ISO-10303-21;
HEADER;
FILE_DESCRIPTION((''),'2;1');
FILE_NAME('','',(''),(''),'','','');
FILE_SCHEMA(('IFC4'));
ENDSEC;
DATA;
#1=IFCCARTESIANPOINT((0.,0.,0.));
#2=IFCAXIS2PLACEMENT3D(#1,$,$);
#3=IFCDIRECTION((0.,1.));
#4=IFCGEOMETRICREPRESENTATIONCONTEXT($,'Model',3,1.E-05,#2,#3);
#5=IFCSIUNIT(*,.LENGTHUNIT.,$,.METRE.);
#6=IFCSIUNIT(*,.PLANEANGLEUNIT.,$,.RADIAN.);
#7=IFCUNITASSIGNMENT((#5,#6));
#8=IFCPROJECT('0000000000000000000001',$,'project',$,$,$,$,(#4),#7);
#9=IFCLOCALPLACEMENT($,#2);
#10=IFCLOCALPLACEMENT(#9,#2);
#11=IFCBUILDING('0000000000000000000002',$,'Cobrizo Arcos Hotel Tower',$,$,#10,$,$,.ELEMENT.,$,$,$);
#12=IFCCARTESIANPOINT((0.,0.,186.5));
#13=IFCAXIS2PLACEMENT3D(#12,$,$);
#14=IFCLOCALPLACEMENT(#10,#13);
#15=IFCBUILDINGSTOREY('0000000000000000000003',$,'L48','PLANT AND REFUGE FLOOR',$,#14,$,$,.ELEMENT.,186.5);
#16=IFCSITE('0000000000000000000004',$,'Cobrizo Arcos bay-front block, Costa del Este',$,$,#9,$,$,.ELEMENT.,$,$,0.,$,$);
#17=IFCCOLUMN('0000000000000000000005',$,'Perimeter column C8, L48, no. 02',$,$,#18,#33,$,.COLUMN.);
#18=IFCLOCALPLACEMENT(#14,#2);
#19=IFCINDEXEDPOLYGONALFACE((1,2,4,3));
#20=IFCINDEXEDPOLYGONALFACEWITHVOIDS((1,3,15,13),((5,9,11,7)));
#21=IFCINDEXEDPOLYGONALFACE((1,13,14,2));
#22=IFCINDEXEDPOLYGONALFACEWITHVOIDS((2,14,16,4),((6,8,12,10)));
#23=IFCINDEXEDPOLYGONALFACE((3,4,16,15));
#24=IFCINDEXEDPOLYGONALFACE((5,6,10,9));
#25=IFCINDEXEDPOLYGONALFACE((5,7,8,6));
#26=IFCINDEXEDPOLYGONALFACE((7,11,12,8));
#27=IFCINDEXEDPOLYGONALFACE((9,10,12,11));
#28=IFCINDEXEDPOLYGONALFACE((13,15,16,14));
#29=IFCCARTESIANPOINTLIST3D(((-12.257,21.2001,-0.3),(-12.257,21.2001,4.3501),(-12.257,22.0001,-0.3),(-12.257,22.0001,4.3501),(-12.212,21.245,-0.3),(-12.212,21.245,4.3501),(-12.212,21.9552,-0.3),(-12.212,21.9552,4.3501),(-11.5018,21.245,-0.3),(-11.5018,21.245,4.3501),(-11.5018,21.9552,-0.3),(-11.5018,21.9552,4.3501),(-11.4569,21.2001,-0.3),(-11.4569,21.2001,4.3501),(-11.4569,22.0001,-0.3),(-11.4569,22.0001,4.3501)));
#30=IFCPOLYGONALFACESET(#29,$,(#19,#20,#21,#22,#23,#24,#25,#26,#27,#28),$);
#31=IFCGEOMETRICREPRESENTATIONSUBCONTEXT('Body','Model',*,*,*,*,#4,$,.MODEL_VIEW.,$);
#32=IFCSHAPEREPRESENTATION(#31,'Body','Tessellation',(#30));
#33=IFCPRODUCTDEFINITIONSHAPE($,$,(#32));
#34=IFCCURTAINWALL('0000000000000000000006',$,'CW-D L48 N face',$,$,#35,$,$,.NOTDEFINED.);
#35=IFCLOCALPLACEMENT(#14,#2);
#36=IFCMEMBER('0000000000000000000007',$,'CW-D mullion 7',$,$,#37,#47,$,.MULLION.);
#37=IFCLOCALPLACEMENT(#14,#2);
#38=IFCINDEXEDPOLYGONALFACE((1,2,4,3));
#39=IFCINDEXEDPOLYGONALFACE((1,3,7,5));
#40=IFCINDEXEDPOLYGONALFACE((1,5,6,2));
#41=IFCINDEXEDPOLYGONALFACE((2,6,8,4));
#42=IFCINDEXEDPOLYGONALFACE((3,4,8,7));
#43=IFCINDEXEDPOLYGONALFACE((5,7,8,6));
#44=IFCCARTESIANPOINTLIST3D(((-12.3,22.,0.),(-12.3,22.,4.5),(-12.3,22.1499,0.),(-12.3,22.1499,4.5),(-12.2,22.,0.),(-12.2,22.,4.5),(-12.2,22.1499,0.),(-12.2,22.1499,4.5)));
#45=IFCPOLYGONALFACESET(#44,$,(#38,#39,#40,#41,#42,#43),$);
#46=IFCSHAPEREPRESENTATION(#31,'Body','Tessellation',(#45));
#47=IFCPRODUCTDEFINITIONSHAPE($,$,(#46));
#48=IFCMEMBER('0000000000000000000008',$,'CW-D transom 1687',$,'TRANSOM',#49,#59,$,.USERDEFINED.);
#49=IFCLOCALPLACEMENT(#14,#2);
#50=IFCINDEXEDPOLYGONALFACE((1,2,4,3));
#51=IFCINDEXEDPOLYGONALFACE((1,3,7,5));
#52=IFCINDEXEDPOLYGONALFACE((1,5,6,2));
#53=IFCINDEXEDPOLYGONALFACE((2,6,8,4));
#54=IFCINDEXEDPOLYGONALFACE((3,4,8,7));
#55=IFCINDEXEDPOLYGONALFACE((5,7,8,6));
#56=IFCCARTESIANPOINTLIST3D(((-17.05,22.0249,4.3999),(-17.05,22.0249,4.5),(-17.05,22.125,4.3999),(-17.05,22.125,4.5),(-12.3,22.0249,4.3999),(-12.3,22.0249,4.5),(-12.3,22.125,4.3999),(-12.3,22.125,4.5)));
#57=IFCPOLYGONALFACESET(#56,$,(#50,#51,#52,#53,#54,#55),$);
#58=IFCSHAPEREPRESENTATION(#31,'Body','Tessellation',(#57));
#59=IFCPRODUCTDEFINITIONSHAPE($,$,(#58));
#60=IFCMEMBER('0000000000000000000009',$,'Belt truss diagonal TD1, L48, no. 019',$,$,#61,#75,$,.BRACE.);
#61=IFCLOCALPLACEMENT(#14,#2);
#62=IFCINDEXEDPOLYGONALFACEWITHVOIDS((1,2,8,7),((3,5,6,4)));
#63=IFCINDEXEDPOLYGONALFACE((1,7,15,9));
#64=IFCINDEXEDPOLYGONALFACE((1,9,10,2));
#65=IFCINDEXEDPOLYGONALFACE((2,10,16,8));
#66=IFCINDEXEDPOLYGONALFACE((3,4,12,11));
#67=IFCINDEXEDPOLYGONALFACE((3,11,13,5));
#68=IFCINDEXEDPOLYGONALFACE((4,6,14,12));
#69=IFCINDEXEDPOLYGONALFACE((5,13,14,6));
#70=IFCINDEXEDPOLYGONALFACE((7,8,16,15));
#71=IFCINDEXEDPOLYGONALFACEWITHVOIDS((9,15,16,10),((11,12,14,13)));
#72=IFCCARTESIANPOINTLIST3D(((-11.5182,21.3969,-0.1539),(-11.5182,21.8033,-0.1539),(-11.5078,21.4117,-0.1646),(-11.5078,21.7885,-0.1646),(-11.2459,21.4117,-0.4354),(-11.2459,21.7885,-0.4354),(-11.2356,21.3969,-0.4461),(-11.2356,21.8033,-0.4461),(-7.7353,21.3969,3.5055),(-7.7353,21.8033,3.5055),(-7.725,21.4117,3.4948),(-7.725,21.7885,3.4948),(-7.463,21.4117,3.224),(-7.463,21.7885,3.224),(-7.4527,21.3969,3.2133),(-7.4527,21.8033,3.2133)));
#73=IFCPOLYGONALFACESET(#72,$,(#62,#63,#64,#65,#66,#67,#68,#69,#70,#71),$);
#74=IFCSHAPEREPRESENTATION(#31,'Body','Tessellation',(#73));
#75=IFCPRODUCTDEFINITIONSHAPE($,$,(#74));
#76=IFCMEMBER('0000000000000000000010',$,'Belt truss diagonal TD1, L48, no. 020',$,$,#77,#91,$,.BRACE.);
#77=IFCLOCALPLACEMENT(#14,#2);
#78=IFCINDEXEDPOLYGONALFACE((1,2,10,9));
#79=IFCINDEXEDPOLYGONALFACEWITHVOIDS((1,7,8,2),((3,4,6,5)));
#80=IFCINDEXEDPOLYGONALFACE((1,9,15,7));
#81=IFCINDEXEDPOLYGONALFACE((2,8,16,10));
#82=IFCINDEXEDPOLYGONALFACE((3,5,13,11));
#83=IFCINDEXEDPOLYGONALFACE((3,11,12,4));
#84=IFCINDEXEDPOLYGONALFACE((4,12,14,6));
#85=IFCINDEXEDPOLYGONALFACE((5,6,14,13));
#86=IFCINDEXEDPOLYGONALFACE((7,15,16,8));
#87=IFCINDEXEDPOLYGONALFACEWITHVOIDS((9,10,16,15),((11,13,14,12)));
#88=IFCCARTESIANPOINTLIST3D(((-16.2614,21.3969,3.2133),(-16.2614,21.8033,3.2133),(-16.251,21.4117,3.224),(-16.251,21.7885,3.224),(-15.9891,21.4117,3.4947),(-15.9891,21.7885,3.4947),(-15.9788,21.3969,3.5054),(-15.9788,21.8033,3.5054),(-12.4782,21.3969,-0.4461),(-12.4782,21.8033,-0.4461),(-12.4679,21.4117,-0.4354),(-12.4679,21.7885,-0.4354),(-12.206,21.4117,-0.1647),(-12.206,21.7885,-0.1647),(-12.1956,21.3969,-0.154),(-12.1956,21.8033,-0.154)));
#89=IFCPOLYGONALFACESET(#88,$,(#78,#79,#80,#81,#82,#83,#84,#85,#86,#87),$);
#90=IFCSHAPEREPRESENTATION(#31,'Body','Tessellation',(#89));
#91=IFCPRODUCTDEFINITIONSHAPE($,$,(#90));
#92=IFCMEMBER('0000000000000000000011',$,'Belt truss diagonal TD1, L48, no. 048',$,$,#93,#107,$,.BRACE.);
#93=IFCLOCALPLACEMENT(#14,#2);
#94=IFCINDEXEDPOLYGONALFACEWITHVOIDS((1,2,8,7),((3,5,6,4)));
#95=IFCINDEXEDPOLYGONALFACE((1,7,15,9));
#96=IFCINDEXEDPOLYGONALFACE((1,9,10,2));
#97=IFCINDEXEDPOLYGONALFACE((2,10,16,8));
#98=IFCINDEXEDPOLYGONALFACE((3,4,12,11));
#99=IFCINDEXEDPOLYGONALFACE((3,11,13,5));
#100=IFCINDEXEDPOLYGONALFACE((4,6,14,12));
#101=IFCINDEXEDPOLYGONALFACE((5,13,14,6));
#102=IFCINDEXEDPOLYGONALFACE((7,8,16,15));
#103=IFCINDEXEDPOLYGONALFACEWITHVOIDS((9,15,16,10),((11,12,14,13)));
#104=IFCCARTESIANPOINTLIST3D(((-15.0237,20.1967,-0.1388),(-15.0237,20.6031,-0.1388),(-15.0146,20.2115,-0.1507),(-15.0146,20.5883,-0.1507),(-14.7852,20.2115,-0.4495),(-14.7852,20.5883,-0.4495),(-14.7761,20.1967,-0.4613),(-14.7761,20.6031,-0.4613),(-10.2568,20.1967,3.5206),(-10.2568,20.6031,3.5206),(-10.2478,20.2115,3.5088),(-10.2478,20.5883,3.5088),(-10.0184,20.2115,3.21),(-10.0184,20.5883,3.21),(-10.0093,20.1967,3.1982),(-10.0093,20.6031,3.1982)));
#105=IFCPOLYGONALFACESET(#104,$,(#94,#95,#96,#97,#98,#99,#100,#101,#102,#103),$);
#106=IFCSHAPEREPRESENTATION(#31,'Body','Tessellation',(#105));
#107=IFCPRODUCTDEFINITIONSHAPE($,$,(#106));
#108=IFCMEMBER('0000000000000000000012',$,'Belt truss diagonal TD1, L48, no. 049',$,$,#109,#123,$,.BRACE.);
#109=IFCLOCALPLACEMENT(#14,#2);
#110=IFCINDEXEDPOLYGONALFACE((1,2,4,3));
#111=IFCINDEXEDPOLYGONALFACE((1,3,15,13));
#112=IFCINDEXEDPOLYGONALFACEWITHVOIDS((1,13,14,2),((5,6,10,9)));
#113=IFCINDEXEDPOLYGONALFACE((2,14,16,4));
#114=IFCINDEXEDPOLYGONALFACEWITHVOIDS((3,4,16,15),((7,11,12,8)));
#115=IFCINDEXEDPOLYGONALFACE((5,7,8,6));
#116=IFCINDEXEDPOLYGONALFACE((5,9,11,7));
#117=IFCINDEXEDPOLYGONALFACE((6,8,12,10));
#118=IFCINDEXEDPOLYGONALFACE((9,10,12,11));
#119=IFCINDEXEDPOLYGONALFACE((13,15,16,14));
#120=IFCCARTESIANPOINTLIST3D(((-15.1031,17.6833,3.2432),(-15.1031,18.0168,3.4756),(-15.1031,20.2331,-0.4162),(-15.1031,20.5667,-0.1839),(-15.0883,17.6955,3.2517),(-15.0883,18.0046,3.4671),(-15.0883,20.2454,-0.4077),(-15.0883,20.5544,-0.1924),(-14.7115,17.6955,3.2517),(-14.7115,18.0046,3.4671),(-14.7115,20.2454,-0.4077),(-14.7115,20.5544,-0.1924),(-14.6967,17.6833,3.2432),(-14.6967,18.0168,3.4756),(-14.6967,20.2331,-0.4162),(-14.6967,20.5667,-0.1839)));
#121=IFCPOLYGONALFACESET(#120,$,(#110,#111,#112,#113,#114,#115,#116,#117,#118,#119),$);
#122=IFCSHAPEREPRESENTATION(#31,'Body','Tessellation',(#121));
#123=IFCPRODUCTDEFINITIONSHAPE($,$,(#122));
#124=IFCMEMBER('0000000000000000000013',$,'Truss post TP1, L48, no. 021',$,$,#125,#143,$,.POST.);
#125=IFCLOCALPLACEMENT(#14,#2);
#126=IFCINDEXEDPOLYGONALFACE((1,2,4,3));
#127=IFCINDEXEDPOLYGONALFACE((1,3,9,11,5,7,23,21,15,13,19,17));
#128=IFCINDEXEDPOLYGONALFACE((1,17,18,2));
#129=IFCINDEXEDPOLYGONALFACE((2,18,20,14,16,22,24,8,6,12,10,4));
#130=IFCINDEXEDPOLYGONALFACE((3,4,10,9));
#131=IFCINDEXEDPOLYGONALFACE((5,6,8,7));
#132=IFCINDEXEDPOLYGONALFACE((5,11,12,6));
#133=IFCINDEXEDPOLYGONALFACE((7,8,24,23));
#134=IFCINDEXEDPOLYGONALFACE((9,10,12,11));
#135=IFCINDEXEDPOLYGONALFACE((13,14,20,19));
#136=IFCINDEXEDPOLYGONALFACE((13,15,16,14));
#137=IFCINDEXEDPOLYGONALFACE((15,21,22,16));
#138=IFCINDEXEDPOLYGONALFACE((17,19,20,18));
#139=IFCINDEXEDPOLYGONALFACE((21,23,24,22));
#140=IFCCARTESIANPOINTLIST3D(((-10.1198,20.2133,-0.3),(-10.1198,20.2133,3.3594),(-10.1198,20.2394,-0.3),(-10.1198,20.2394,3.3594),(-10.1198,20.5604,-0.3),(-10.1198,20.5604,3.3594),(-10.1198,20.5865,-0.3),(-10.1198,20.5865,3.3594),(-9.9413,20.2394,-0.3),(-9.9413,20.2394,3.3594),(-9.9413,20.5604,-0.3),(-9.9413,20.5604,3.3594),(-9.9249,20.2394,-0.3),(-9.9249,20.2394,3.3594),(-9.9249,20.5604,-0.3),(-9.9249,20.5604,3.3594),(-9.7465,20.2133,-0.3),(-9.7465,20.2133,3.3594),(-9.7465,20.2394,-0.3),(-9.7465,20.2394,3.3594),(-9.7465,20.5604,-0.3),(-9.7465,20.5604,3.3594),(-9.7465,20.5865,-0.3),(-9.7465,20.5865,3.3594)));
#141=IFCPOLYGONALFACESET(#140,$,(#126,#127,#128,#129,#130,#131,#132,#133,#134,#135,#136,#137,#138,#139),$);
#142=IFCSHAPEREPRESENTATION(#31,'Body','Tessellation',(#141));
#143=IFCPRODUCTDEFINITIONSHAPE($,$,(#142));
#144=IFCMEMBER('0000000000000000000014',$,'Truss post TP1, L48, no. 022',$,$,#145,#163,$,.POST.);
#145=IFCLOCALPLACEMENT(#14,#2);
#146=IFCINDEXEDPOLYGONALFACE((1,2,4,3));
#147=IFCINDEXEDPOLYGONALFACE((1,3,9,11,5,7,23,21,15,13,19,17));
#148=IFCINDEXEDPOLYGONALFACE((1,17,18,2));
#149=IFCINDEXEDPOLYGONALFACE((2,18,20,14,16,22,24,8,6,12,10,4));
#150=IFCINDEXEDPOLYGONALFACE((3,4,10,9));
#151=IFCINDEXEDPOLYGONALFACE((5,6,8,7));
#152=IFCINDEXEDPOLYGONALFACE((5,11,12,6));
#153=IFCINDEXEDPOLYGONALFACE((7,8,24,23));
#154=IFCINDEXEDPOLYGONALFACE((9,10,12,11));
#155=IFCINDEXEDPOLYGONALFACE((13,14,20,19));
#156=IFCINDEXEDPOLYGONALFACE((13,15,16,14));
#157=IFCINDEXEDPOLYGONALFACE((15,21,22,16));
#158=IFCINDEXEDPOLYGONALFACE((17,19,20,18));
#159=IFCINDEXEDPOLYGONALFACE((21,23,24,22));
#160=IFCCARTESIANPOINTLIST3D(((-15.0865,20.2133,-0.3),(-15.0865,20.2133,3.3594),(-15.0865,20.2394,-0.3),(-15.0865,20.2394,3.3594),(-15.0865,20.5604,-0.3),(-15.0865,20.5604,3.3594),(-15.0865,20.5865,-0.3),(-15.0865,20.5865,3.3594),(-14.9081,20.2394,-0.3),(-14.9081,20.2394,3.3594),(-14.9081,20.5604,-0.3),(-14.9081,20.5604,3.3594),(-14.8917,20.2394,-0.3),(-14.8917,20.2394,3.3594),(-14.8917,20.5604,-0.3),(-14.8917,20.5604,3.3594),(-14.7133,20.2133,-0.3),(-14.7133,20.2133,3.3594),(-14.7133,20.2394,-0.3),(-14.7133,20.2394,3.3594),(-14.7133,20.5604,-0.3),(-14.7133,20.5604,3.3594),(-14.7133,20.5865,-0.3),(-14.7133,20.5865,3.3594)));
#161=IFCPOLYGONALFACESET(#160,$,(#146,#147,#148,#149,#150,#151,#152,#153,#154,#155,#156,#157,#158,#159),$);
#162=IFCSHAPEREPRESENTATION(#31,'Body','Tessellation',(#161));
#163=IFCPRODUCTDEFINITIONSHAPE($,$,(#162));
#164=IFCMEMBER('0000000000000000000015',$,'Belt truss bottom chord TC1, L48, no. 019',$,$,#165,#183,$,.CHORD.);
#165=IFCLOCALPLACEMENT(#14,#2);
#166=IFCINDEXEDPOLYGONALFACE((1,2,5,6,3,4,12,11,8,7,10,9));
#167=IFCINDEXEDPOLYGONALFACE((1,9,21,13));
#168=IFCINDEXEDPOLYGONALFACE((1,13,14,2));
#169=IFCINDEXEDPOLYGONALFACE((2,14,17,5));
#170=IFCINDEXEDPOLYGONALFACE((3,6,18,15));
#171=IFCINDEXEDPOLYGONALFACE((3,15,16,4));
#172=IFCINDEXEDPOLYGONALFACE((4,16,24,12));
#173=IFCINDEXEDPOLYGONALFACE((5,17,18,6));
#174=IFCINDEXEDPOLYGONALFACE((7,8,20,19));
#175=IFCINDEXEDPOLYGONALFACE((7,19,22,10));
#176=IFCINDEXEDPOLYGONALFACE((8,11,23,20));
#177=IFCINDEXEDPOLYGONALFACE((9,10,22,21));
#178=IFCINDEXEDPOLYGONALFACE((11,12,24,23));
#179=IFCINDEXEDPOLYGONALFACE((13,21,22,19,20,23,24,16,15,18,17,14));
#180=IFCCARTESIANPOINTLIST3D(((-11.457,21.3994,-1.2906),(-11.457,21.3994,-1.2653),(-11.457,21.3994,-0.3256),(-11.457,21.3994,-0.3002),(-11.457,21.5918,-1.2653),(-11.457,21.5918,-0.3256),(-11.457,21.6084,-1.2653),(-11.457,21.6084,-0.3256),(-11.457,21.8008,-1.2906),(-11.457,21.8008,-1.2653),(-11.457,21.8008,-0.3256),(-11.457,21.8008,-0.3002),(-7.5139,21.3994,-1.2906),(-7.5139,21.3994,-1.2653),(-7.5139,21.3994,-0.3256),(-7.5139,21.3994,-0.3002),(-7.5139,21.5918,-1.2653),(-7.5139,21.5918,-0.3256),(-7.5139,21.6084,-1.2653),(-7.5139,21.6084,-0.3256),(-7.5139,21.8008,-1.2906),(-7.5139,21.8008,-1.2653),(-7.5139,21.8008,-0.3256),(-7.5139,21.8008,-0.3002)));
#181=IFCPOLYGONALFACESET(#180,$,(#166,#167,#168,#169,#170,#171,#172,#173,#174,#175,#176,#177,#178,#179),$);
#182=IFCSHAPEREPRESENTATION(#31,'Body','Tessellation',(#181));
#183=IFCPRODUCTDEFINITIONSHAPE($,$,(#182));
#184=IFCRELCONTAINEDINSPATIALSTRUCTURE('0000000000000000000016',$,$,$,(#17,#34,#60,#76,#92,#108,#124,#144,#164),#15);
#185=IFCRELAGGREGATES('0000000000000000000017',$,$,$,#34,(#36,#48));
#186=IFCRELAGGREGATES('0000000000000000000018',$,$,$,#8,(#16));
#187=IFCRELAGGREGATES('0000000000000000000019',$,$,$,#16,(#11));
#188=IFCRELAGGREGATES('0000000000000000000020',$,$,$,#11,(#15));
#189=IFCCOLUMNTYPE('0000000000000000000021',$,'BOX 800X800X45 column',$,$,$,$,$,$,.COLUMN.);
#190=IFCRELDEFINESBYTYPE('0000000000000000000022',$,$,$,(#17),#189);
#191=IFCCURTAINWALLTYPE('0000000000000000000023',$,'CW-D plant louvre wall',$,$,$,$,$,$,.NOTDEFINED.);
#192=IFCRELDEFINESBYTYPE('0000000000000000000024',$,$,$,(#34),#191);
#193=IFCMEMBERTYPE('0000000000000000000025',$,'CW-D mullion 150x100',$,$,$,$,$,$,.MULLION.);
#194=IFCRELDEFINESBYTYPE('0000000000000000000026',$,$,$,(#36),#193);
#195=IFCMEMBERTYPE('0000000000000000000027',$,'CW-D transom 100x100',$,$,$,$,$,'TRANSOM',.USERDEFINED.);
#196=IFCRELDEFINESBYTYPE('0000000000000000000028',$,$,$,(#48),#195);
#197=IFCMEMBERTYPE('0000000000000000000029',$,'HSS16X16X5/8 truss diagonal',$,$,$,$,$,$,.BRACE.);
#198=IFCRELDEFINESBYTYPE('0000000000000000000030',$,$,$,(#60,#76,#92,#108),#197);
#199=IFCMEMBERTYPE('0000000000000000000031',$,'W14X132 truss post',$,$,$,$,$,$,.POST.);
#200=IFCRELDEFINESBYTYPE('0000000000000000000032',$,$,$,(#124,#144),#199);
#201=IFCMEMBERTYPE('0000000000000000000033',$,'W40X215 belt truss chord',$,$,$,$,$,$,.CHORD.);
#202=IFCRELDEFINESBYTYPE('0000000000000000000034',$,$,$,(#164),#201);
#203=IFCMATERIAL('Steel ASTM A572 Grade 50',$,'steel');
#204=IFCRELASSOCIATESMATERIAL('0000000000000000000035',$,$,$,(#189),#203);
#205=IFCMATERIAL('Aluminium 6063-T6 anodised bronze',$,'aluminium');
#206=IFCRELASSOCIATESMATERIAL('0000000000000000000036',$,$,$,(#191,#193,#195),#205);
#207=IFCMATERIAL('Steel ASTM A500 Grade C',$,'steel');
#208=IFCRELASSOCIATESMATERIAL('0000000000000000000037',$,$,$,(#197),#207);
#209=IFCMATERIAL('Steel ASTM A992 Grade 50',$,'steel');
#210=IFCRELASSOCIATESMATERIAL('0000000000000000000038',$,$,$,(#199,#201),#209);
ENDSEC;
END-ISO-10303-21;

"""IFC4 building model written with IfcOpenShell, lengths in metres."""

from ifc_helpers import new_model, si_unit, direction, frame, origin, origin_2d, place, context, subcontext, project, spatial, rectangle, hollow_rectangle, i_section, extrude, material, material_profile, profile_set, type_object, element, aggregate, save


model = new_model("IFC4")

# Units and contexts
model_context = context("Model", 3, precision=1e-05, world=origin(), true_north=direction((0.0, 1.0)))
body_context = subcontext(model_context, "Body", "Model", "MODEL_VIEW")
ifc_project = project(units=[si_unit("LENGTHUNIT", "METRE"), si_unit("PLANEANGLEUNIT", "RADIAN")], contexts=[model_context])

# Site, building, storey
site_placement = place(None, origin())
site = spatial("IfcSite", under=ifc_project, at=site_placement, Name="Cobrizo Arcos bay-front block, Costa del Este", CompositionType="ELEMENT", RefElevation=0.0)
building_placement = place(site_placement, origin())
building = spatial("IfcBuilding", under=site, at=building_placement, Name="Cobrizo Arcos Hotel Tower", CompositionType="ELEMENT")
storey_placement = place(building_placement, frame((0.0, 0.0, 186.5)))
storey = spatial("IfcBuildingStorey", under=building, at=storey_placement, Name="L48", Description="PLANT AND REFUGE FLOOR", CompositionType="ELEMENT", Elevation=186.5)

# Column
ifc_material_1 = material(Name="Steel ASTM A572 Grade 50", Category="steel")
ifc_material_profile_1 = material_profile(ifc_material_1, hollow_rectangle(XDim=0.8, YDim=0.8, WallThickness=0.0449, at=origin_2d()), Name="BOX 800X800X45")
ifc_profile_set_1 = profile_set([ifc_material_profile_1], Name="Steel ASTM A572 Grade 50")
column_type = type_object("IfcColumnType", Name="BOX 800X800X45 column", PredefinedType="COLUMN", material=ifc_profile_set_1)
column_placement = place(storey_placement, frame((-11.8569, 21.6001, -0.3), z_axis=(0.0, 0.0, 1.0), x_axis=(1.0, 0.0, 0.0)))
element("IfcColumn", 1, at=column_placement, inside=storey, type_object=column_type, Name="Perimeter column C8, L48, no. 02", PredefinedType="COLUMN", context=body_context, shape_type="SweptSolid", body=[
    extrude(hollow_rectangle(XDim=0.8, YDim=0.8, WallThickness=0.0449, at=origin_2d()), origin(), (0.0, 0.0, 1.0), 4.6501),
])

# Curtain wall, members
ifc_material_2 = material(Name="Aluminium 6063-T6 anodised bronze", Category="aluminium")
curtain_wall_type = type_object("IfcCurtainWallType", Name="CW-D plant louvre wall", PredefinedType="NOTDEFINED", material=ifc_material_2)
curtain_wall_placement = place(storey_placement, origin())
curtain_wall = element("IfcCurtainWall", 2, at=curtain_wall_placement, inside=storey, type_object=curtain_wall_type, Name="CW-D L48 N face", PredefinedType="NOTDEFINED")
ifc_material_profile_2 = material_profile(ifc_material_2, rectangle(XDim=0.1499, YDim=0.1001, at=origin_2d()), Name="CW-D mullion 150x100")
ifc_profile_set_2 = profile_set([ifc_material_profile_2], Name="Aluminium 6063-T6 anodised bronze")
member_type_1 = type_object("IfcMemberType", Name="CW-D mullion 150x100", PredefinedType="MULLION", material=ifc_profile_set_2)
member_1_placement = place(storey_placement, frame((-12.25, 22.075, 0.0), z_axis=(0.0, 0.0, 1.0), x_axis=(0.0, 1.0, 0.0)))
member_1 = element("IfcMember", 3, at=member_1_placement, type_object=member_type_1, Name="CW-D mullion 7", PredefinedType="MULLION", context=body_context, shape_type="SweptSolid", body=[
    extrude(rectangle(XDim=0.1499, YDim=0.1001, at=origin_2d()), origin(), (0.0, 0.0, 1.0), 4.5),
])
ifc_material_profile_3 = material_profile(ifc_material_2, rectangle(XDim=0.1001, YDim=0.1001, at=origin_2d()), Name="CW-D transom 100x100")
ifc_profile_set_3 = profile_set([ifc_material_profile_3], Name="Aluminium 6063-T6 anodised bronze")
member_type_2 = type_object("IfcMemberType", Name="CW-D transom 100x100", ElementType="TRANSOM", PredefinedType="USERDEFINED", material=ifc_profile_set_3)
member_2_placement = place(storey_placement, frame((-12.3, 22.075, 4.45), z_axis=(-1.0, 0.0, 0.0), x_axis=(0.0, -1.0, 0.0)))
member_2 = element("IfcMember", 4, at=member_2_placement, type_object=member_type_2, Name="CW-D transom 1687", ObjectType="TRANSOM", PredefinedType="USERDEFINED", context=body_context, shape_type="SweptSolid", body=[
    extrude(rectangle(XDim=0.1001, YDim=0.1001, at=origin_2d()), origin(), (0.0, 0.0, 1.0), 4.75),
])

# Members
ifc_material_3 = material(Name="Steel ASTM A500 Grade C", Category="steel")
ifc_material_profile_4 = material_profile(ifc_material_3, hollow_rectangle(XDim=0.4065, YDim=0.4065, WallThickness=0.0149, at=origin_2d()), Name="HSS16X16X5/8")
ifc_profile_set_4 = profile_set([ifc_material_profile_4], Name="Steel ASTM A500 Grade C")
member_type_3 = type_object("IfcMemberType", Name="HSS16X16X5/8 truss diagonal", PredefinedType="BRACE", material=ifc_profile_set_4)
member_3_placement = place(storey_placement, frame((-7.594, 21.6001, 3.3594), z_axis=(-0.718745, 0.0, -0.695274), x_axis=(0.0, -1.0, 0.0)))
element("IfcMember", 5, at=member_3_placement, inside=storey, type_object=member_type_3, Name="Belt truss diagonal TD1, L48, no. 019", PredefinedType="BRACE", context=body_context, shape_type="SweptSolid", body=[
    extrude(hollow_rectangle(XDim=0.4065, YDim=0.4065, WallThickness=0.0149, at=origin_2d()), origin(), (0.0, 0.0, 1.0), 5.2632),
])
member_4_placement = place(storey_placement, frame((-12.3369, 21.6001, -0.3), z_axis=(-0.718767, 0.0, 0.695251), x_axis=(0.0, -1.0, 0.0)))
element("IfcMember", 6, at=member_4_placement, inside=storey, type_object=member_type_3, Name="Belt truss diagonal TD1, L48, no. 020", PredefinedType="BRACE", context=body_context, shape_type="SweptSolid", body=[
    extrude(hollow_rectangle(XDim=0.4065, YDim=0.4065, WallThickness=0.0149, at=origin_2d()), origin(), (0.0, 0.0, 1.0), 5.2634),
])
member_5_placement = place(storey_placement, frame((-10.1331, 20.3999, 3.3594), z_axis=(-0.793217, 0.0, -0.608939), x_axis=(0.0, -1.0, 0.0)))
element("IfcMember", 7, at=member_5_placement, inside=storey, type_object=member_type_3, Name="Belt truss diagonal TD1, L48, no. 048", PredefinedType="BRACE", context=body_context, shape_type="SweptSolid", body=[
    extrude(hollow_rectangle(XDim=0.4065, YDim=0.4065, WallThickness=0.0149, at=origin_2d()), origin(), (0.0, 0.0, 1.0), 6.0095),
])
member_6_placement = place(storey_placement, frame((-14.8999, 20.3999, -0.3), z_axis=(0.0, -0.571687, 0.820472), x_axis=(1.0, 0.0, 0.0)))
element("IfcMember", 8, at=member_6_placement, inside=storey, type_object=member_type_3, Name="Belt truss diagonal TD1, L48, no. 049", PredefinedType="BRACE", context=body_context, shape_type="SweptSolid", body=[
    extrude(hollow_rectangle(XDim=0.4065, YDim=0.4065, WallThickness=0.0149, at=origin_2d()), origin(), (0.0, 0.0, 1.0), 4.4602),
])
ifc_material_4 = material(Name="Steel ASTM A992 Grade 50", Category="steel")
ifc_material_profile_5 = material_profile(ifc_material_4, i_section(OverallWidth=0.3733, OverallDepth=0.3733, WebThickness=0.0164, FlangeThickness=0.0261, at=origin_2d()), Name="W14X132")
ifc_profile_set_5 = profile_set([ifc_material_profile_5], Name="Steel ASTM A992 Grade 50")
member_type_4 = type_object("IfcMemberType", Name="W14X132 truss post", PredefinedType="POST", material=ifc_profile_set_5)
for number, where, z_axis, x_axis, name in (
    (9, (-9.9331, 20.3999, -0.3), (0.0, 0.0, 1.0), (1.0, 0.0, 0.0), "Truss post TP1, L48, no. 021"),
    (10, (-14.8999, 20.3999, -0.3), (0.0, 0.0, 1.0), (1.0, 0.0, 0.0), "Truss post TP1, L48, no. 022"),
):
    element("IfcMember", number, at=place(storey_placement, frame(where, z_axis=z_axis, x_axis=x_axis)), inside=storey, type_object=member_type_4, Name=name, PredefinedType="POST", context=body_context, shape_type="SweptSolid", body=[
        extrude(i_section(OverallWidth=0.3733, OverallDepth=0.3733, WebThickness=0.0164, FlangeThickness=0.0261, at=origin_2d()), origin(), (0.0, 0.0, 1.0), 3.6594),
    ])
ifc_material_profile_6 = material_profile(ifc_material_4, i_section(OverallWidth=0.4014, OverallDepth=0.9905, WebThickness=0.0166, FlangeThickness=0.0254, at=origin_2d()), Name="W40X215")
ifc_profile_set_6 = profile_set([ifc_material_profile_6], Name="Steel ASTM A992 Grade 50")
member_type_5 = type_object("IfcMemberType", Name="W40X215 belt truss chord", PredefinedType="CHORD", material=ifc_profile_set_6)
member_7_placement = place(storey_placement, frame((-7.5139, 21.6001, -0.7954), z_axis=(-1.0, 0.0, 0.0), x_axis=(0.0, -1.0, 0.0)))
element("IfcMember", 11, at=member_7_placement, inside=storey, type_object=member_type_5, Name="Belt truss bottom chord TC1, L48, no. 019", PredefinedType="CHORD", context=body_context, shape_type="SweptSolid", body=[
    extrude(i_section(OverallWidth=0.4014, OverallDepth=0.9905, WebThickness=0.0166, FlangeThickness=0.0254, at=origin_2d()), origin(), (0.0, 0.0, 1.0), 3.9431),
])

aggregate(curtain_wall, [member_1, member_2])

save(model, "model.ifc")
